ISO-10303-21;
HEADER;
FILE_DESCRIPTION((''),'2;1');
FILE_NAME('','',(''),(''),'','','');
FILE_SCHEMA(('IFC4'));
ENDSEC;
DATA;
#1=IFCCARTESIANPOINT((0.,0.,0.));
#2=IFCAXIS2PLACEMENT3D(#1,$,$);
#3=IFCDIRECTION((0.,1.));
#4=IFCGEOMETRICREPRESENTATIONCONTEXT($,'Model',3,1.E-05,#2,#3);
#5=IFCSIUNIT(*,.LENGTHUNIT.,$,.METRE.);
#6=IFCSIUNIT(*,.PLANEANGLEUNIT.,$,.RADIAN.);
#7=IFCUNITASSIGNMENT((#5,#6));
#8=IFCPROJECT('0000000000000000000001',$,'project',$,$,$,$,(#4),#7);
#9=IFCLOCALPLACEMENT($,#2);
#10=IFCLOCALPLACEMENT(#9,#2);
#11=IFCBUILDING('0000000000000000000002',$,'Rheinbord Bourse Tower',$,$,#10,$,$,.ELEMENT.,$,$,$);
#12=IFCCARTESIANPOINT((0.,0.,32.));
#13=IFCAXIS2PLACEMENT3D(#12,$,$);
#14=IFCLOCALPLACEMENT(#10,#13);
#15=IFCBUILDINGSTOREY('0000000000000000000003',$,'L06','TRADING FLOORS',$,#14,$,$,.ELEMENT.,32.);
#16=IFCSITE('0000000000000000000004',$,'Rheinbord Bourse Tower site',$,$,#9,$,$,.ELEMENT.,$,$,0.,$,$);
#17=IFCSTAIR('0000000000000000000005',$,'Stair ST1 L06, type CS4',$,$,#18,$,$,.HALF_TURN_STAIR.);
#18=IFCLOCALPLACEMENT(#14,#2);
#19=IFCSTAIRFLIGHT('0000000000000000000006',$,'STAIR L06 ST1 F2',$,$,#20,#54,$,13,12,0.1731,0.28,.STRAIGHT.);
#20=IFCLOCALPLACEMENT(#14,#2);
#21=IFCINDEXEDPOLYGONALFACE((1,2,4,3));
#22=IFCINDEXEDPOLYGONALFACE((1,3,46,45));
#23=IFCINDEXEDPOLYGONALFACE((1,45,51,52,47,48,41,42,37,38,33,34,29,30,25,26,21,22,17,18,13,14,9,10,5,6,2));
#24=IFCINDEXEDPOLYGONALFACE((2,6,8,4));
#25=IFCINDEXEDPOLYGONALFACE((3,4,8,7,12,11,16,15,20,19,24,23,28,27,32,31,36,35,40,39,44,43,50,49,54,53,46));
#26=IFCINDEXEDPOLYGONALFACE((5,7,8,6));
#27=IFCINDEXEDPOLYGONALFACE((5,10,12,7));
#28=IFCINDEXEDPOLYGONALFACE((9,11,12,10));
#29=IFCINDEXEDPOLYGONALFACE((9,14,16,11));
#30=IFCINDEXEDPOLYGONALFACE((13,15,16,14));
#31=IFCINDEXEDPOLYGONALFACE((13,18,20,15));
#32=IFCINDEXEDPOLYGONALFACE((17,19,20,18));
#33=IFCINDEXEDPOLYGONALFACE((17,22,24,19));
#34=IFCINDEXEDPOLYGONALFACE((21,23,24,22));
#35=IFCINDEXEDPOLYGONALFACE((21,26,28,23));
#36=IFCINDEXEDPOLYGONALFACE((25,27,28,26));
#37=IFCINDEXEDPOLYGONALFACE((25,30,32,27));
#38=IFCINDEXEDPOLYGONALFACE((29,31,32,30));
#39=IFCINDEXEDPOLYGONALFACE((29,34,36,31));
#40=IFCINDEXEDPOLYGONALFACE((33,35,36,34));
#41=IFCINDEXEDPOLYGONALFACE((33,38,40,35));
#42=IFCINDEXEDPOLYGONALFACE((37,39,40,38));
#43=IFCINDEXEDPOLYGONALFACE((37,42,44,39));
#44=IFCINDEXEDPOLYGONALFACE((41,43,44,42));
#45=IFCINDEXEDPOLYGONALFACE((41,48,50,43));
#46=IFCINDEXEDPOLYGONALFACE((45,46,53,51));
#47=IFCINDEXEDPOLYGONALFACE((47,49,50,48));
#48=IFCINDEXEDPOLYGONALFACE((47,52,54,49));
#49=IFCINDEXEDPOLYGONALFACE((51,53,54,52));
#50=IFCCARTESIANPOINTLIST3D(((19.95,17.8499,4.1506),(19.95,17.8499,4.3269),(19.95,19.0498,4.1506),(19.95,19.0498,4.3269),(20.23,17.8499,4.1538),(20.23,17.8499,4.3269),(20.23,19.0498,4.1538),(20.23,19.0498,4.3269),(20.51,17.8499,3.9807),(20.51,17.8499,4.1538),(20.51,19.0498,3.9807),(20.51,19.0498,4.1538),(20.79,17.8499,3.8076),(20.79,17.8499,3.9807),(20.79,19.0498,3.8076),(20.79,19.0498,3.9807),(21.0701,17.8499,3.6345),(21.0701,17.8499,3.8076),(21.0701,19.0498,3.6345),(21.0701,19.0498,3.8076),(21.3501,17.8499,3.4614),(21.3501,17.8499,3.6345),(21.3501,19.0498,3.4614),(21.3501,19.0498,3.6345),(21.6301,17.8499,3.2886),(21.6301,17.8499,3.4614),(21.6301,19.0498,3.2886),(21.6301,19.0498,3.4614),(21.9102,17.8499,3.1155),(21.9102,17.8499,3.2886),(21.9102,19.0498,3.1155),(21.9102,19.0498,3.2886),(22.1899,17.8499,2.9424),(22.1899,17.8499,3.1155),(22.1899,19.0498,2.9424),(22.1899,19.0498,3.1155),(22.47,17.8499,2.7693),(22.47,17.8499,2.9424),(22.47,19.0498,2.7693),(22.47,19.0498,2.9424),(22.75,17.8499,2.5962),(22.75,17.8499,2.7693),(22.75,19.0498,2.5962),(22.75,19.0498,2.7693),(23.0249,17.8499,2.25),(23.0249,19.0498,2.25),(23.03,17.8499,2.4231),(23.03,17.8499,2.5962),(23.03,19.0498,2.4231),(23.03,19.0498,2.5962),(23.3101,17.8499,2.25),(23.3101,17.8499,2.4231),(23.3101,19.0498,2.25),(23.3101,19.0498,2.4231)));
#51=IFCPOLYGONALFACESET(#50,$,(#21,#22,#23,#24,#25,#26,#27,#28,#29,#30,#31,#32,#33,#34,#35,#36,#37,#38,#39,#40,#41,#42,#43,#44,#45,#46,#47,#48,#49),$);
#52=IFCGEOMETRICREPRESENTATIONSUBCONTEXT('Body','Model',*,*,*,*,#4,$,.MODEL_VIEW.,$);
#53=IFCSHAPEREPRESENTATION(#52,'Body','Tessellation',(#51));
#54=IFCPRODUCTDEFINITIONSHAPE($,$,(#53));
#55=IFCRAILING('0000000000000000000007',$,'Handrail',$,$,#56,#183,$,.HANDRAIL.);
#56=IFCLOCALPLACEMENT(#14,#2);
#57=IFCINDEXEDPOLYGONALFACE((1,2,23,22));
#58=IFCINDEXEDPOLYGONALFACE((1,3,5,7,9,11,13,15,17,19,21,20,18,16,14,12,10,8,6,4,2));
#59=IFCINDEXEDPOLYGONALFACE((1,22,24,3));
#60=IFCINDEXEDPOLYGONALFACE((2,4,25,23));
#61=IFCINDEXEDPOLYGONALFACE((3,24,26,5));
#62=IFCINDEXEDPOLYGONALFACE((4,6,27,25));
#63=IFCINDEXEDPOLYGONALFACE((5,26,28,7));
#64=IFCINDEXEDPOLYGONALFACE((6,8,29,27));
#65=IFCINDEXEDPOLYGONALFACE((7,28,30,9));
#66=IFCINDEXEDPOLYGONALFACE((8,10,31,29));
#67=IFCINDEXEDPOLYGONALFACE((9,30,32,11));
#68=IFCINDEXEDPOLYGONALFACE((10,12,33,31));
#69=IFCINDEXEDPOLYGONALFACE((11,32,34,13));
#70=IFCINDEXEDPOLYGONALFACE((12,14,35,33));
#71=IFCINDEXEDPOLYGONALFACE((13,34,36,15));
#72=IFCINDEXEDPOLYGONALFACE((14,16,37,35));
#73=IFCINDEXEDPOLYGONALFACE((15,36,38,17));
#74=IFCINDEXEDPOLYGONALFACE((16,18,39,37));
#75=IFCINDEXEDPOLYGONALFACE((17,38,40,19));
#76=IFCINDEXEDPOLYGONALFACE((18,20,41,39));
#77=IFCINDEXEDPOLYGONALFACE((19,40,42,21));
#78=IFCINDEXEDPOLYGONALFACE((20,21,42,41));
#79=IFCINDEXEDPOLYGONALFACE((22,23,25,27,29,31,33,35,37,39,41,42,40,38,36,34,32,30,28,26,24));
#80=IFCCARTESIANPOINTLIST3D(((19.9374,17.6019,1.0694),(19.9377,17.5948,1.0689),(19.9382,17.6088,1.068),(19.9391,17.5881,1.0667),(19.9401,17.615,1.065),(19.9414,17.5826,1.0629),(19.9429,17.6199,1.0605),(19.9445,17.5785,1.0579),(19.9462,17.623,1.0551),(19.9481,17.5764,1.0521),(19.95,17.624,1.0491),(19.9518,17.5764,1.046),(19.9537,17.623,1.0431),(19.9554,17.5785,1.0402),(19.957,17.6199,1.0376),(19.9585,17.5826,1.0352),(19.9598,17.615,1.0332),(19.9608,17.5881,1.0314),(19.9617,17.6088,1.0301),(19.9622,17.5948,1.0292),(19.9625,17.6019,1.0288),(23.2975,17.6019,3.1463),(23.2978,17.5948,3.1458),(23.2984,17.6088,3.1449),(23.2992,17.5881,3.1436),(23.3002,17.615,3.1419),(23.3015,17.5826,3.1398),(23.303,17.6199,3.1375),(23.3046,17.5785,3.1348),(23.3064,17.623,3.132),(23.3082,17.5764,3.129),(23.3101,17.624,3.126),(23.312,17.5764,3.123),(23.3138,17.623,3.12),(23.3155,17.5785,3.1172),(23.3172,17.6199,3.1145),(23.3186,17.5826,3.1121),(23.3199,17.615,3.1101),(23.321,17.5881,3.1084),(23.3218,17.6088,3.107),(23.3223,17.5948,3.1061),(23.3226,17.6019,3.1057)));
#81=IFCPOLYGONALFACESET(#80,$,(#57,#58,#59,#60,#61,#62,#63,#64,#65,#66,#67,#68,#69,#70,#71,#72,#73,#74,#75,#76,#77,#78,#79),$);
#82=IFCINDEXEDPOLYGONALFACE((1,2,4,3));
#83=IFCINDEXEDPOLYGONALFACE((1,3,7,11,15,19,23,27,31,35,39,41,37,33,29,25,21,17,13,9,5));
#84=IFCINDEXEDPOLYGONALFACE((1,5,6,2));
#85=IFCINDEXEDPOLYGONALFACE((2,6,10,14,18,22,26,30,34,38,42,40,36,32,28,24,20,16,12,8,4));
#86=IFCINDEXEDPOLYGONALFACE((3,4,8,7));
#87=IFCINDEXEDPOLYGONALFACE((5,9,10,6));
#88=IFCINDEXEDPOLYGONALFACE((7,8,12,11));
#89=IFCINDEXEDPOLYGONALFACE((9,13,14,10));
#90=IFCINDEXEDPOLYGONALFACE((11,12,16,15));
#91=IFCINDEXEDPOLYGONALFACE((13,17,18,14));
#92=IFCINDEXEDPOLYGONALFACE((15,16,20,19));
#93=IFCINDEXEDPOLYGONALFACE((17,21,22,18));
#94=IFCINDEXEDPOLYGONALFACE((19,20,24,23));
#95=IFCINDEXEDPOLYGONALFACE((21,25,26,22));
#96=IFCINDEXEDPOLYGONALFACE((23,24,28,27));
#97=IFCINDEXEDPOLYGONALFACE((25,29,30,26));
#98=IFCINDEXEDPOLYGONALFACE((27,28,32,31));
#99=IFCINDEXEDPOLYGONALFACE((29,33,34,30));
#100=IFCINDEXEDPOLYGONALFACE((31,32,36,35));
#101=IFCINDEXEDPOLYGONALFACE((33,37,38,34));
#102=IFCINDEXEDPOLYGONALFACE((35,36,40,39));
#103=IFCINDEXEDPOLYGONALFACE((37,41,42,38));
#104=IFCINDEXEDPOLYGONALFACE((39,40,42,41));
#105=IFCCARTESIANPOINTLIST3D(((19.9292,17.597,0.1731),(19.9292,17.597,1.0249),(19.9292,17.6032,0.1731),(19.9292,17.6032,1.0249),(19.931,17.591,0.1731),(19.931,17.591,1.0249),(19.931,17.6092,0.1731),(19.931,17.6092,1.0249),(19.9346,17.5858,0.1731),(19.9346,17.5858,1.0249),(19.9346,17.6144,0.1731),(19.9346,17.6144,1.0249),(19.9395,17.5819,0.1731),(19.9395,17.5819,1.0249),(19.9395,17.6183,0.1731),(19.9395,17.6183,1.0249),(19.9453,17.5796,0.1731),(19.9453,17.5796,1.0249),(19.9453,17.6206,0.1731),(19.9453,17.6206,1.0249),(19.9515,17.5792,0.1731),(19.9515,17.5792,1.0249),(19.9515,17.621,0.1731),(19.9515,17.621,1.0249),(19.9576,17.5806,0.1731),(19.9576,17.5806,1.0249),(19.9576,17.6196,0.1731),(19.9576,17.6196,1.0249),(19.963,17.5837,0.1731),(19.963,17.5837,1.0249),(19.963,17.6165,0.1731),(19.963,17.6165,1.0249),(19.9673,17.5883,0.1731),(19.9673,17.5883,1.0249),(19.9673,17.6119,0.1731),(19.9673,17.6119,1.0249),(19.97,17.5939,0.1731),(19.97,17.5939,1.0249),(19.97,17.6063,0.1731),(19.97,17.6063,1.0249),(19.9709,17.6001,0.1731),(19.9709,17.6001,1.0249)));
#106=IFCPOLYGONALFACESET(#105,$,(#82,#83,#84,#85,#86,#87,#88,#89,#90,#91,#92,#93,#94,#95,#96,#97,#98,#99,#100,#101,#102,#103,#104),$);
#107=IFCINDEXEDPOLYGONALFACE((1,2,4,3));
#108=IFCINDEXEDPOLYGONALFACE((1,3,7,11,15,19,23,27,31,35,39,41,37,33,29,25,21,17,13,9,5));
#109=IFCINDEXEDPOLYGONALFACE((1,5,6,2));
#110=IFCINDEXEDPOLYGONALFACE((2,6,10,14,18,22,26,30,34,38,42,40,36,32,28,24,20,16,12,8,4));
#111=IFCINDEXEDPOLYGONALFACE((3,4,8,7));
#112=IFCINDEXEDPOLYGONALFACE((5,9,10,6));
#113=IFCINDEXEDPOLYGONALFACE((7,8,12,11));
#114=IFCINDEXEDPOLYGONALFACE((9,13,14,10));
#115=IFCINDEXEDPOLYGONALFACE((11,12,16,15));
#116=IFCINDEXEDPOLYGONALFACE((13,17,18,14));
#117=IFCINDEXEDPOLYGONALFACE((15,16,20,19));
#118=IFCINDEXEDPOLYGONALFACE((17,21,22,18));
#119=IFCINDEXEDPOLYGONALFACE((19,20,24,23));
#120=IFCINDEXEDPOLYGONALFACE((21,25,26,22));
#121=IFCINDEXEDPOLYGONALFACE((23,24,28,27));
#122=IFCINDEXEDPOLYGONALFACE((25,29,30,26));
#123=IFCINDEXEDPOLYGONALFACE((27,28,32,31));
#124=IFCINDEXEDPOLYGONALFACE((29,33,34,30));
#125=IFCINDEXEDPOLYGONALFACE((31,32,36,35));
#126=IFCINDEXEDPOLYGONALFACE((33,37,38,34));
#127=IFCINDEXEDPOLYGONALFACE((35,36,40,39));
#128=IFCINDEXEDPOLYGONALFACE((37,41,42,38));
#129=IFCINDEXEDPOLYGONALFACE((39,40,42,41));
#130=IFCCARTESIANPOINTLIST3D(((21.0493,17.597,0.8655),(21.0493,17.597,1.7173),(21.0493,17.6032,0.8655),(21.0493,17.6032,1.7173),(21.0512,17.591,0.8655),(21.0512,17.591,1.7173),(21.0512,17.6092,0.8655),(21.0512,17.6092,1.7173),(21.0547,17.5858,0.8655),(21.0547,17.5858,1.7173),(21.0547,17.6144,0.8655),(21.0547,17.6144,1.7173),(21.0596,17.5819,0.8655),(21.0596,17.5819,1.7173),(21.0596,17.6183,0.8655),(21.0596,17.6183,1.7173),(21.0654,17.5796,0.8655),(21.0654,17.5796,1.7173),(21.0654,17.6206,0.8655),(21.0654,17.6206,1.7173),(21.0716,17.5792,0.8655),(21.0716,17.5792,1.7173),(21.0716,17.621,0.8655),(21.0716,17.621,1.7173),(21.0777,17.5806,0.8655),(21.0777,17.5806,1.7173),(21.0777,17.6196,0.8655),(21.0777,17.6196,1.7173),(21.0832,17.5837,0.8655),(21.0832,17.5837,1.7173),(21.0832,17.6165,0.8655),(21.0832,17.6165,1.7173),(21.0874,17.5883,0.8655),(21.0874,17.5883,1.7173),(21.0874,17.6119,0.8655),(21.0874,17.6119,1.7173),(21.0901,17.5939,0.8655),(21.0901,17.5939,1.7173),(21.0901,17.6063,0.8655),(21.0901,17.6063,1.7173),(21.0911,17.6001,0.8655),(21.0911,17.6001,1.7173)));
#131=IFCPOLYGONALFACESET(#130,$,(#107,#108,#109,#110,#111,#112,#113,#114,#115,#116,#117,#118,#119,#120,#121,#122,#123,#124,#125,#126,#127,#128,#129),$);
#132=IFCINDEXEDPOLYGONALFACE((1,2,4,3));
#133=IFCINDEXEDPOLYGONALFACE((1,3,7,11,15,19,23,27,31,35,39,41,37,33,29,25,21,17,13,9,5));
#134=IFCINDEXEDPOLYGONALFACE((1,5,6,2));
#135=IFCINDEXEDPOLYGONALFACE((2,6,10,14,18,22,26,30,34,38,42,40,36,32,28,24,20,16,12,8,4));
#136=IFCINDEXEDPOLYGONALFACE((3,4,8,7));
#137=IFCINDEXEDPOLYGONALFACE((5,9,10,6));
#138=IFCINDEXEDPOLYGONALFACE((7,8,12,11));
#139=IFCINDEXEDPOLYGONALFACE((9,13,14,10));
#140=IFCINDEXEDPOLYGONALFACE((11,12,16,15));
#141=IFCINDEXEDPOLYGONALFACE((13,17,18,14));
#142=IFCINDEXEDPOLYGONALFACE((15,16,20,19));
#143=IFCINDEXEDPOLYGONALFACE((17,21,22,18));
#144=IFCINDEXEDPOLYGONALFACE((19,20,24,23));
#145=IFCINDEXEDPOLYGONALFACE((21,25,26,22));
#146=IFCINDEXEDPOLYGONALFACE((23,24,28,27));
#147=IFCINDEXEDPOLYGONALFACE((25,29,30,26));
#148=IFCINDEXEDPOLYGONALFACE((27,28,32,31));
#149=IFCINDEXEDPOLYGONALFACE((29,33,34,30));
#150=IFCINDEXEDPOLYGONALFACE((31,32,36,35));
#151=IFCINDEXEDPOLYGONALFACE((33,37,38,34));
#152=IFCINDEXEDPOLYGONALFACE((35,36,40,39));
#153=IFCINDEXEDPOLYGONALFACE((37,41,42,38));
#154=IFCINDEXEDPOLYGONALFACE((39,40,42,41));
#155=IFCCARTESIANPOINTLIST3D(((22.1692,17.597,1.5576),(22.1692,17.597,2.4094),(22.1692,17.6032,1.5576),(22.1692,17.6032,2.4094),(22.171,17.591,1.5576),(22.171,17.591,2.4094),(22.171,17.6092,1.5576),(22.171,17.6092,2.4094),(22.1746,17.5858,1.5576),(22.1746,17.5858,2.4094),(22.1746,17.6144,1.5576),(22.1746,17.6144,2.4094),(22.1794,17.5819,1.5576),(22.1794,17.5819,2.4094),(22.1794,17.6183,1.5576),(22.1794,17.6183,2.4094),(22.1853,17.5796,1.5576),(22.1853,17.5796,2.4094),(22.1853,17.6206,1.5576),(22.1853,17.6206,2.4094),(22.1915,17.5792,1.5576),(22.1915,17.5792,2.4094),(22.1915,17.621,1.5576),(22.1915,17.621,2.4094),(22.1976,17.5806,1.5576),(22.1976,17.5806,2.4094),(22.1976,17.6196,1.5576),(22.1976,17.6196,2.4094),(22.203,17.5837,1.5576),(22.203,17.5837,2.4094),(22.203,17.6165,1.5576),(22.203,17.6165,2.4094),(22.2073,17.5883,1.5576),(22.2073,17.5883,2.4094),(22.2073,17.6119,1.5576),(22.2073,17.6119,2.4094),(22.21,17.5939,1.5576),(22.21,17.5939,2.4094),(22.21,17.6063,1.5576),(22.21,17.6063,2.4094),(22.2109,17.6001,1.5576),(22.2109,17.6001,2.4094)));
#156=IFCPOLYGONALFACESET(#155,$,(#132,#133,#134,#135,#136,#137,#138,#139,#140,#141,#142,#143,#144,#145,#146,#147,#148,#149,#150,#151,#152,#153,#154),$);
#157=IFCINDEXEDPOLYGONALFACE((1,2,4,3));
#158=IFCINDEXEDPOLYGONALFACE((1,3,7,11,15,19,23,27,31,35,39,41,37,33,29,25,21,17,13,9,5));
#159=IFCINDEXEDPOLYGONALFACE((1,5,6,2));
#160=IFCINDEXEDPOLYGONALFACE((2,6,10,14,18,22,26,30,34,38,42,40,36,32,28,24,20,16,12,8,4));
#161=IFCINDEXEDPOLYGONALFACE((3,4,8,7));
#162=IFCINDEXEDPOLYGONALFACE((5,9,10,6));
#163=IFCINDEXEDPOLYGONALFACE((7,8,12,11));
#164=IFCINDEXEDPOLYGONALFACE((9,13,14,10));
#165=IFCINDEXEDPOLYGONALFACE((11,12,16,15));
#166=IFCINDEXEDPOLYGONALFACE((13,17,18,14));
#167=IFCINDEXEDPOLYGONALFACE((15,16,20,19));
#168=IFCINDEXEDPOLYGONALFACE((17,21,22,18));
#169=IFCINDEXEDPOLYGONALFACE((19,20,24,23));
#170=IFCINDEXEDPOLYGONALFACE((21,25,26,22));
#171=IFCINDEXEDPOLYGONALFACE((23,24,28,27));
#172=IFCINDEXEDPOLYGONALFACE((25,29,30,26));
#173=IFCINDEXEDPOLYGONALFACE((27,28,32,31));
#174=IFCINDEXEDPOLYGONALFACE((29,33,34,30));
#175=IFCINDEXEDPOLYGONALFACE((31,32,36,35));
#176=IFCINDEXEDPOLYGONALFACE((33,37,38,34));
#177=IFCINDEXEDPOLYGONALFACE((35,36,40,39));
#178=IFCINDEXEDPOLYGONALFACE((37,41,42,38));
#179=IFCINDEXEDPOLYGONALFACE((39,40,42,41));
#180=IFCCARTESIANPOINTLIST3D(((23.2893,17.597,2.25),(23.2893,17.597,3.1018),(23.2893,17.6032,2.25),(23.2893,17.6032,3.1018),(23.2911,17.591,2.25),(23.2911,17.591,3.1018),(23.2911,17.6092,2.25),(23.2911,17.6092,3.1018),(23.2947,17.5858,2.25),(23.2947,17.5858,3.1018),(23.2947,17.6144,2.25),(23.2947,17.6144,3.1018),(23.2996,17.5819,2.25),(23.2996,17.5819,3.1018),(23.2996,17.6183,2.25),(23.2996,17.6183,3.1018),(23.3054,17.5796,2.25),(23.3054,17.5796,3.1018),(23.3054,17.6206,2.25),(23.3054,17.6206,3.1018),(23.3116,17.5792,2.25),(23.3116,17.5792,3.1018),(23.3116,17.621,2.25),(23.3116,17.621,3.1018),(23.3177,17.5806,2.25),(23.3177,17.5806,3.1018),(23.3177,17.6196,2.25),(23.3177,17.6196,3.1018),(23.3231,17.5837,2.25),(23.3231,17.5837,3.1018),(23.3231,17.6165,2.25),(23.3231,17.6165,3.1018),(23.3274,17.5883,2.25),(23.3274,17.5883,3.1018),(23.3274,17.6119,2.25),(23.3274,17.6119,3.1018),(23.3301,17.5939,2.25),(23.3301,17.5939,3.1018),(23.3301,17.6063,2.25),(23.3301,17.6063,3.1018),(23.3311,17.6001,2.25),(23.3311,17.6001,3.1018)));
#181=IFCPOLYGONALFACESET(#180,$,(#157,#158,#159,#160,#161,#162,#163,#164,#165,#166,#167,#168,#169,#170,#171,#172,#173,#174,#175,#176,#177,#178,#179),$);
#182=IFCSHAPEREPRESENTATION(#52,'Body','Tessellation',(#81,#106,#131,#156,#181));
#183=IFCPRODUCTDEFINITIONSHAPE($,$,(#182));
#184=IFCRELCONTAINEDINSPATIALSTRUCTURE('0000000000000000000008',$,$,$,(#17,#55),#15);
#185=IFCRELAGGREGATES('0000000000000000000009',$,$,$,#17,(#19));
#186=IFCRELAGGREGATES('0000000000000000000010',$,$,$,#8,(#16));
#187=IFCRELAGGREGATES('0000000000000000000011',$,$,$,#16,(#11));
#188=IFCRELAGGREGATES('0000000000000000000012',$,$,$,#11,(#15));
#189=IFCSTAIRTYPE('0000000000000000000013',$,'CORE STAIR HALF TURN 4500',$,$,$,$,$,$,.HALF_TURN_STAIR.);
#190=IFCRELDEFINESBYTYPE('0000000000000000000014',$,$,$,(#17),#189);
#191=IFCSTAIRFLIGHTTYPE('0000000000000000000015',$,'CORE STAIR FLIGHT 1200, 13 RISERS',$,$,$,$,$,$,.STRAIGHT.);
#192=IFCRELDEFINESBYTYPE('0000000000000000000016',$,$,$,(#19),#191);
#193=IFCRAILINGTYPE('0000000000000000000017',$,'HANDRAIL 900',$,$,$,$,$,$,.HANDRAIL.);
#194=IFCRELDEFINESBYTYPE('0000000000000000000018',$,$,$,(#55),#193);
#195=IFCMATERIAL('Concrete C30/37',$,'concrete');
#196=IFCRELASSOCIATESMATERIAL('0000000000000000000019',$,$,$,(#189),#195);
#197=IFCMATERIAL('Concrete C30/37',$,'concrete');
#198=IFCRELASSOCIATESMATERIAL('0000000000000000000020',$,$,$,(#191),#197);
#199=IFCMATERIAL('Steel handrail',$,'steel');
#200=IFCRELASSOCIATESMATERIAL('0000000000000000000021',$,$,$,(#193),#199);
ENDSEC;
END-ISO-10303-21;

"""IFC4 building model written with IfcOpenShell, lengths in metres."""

from ifc_helpers import new_model, si_unit, direction, frame, origin, origin_2d, place, context, subcontext, project, spatial, polyline, circle, outline, extrude, material, type_object, element, aggregate, save


model = new_model("IFC4")

# Units and contexts
model_context = context("Model", 3, precision=1e-05, world=origin(), true_north=direction((0.0, 1.0)))
body_context = subcontext(model_context, "Body", "Model", "MODEL_VIEW")
ifc_project = project(units=[si_unit("LENGTHUNIT", "METRE"), si_unit("PLANEANGLEUNIT", "RADIAN")], contexts=[model_context])

# Site, building, storey
site_placement = place(None, origin())
site = spatial("IfcSite", under=ifc_project, at=site_placement, Name="Rheinbord Bourse Tower site", CompositionType="ELEMENT", RefElevation=0.0)
building_placement = place(site_placement, origin())
building = spatial("IfcBuilding", under=site, at=building_placement, Name="Rheinbord Bourse Tower", CompositionType="ELEMENT")
storey_placement = place(building_placement, frame((0.0, 0.0, 32.0)))
storey = spatial("IfcBuildingStorey", under=building, at=storey_placement, Name="L06", Description="TRADING FLOORS", CompositionType="ELEMENT", Elevation=32.0)

# Stair, stair flight
ifc_material_1 = material(Name="Concrete C30/37", Category="concrete")
stair_type = type_object("IfcStairType", Name="CORE STAIR HALF TURN 4500", PredefinedType="HALF_TURN_STAIR", material=ifc_material_1)
stair_placement = place(storey_placement, origin())
stair = element("IfcStair", 1, at=stair_placement, inside=storey, type_object=stair_type, Name="Stair ST1 L06, type CS4", PredefinedType="HALF_TURN_STAIR")
ifc_material_2 = material(Name="Concrete C30/37", Category="concrete")
stair_flight_type = type_object("IfcStairFlightType", Name="CORE STAIR FLIGHT 1200, 13 RISERS", PredefinedType="STRAIGHT", material=ifc_material_2)
stair_flight_1_placement = place(storey_placement, frame((23.3101, 18.45, 2.25), z_axis=(0.0, 0.0, 1.0), x_axis=(-1.0, 0.0, 0.0)))
stair_flight_1 = element("IfcStairFlight", 2, at=stair_flight_1_placement, type_object=stair_flight_type, Name="STAIR L06 ST1 F2", NumberOfRisers=13, NumberOfTreads=12, PredefinedType="STRAIGHT", RiserHeight=0.1731, TreadLength=0.28, context=body_context, shape_type="SweptSolid", body=[
    extrude(outline(polyline([(0.0, 0.0), (0.0, 0.1731), (0.28, 0.1731), (0.28, 0.3462), (0.5601, 0.3462), (0.5601, 0.5193), (0.8401, 0.5193), (0.8401, 0.6924), (1.1201, 0.6924), (1.1201, 0.8655), (1.3999, 0.8655), (1.3999, 1.0386), (1.6799, 1.0386), (1.6799, 1.2114), (1.96, 1.2114), (1.96, 1.3845), (2.24, 1.3845), (2.24, 1.5576), (2.52, 1.5576), (2.52, 1.7307), (2.8, 1.7307), (2.8, 1.9038), (3.0801, 1.9038), (3.0801, 2.0769), (3.3601, 2.0769), (3.3601, 2.25), (3.3601, 1.9006), (0.2852, 0.0), (0.0, 0.0)])), frame((0.0, 0.6001, 0.0), z_axis=(0.0, -1.0, 0.0), x_axis=(1.0, 0.0, 0.0)), (0.0, 0.0, 1.0), 1.2),
])
aggregate(stair, [stair_flight_1])

# Railing
ifc_material_3 = material(Name="Steel handrail", Category="steel")
railing_type = type_object("IfcRailingType", Name="HANDRAIL 900", PredefinedType="HANDRAIL", material=ifc_material_3)
railing_1_placement = place(storey_placement, frame((19.95, 17.6001, 0.1731)))
element("IfcRailing", 3, at=railing_1_placement, inside=storey, type_object=railing_type, Name="Handrail", PredefinedType="HANDRAIL", context=body_context, shape_type="SweptSolid", body=[
    extrude(circle(Radius=0.0239, at=origin_2d()), frame((0.0, 0.0, 0.876), z_axis=(0.850623, 0.0, 0.525776), x_axis=(0.0, 1.0, 0.0)), (0.0, 0.0, 1.0), 3.9502),
    extrude(circle(Radius=0.021, at=origin_2d()), origin(), (0.0, 0.0, 1.0), 0.8518),
    extrude(circle(Radius=0.021, at=origin_2d()), frame((1.1201, 0.0, 0.6924)), (0.0, 0.0, 1.0), 0.8518),
    extrude(circle(Radius=0.021, at=origin_2d()), frame((2.24, 0.0, 1.3845)), (0.0, 0.0, 1.0), 0.8518),
    extrude(circle(Radius=0.021, at=origin_2d()), frame((3.3601, 0.0, 2.0769)), (0.0, 0.0, 1.0), 0.8518),
])

save(model, "model.ifc")
